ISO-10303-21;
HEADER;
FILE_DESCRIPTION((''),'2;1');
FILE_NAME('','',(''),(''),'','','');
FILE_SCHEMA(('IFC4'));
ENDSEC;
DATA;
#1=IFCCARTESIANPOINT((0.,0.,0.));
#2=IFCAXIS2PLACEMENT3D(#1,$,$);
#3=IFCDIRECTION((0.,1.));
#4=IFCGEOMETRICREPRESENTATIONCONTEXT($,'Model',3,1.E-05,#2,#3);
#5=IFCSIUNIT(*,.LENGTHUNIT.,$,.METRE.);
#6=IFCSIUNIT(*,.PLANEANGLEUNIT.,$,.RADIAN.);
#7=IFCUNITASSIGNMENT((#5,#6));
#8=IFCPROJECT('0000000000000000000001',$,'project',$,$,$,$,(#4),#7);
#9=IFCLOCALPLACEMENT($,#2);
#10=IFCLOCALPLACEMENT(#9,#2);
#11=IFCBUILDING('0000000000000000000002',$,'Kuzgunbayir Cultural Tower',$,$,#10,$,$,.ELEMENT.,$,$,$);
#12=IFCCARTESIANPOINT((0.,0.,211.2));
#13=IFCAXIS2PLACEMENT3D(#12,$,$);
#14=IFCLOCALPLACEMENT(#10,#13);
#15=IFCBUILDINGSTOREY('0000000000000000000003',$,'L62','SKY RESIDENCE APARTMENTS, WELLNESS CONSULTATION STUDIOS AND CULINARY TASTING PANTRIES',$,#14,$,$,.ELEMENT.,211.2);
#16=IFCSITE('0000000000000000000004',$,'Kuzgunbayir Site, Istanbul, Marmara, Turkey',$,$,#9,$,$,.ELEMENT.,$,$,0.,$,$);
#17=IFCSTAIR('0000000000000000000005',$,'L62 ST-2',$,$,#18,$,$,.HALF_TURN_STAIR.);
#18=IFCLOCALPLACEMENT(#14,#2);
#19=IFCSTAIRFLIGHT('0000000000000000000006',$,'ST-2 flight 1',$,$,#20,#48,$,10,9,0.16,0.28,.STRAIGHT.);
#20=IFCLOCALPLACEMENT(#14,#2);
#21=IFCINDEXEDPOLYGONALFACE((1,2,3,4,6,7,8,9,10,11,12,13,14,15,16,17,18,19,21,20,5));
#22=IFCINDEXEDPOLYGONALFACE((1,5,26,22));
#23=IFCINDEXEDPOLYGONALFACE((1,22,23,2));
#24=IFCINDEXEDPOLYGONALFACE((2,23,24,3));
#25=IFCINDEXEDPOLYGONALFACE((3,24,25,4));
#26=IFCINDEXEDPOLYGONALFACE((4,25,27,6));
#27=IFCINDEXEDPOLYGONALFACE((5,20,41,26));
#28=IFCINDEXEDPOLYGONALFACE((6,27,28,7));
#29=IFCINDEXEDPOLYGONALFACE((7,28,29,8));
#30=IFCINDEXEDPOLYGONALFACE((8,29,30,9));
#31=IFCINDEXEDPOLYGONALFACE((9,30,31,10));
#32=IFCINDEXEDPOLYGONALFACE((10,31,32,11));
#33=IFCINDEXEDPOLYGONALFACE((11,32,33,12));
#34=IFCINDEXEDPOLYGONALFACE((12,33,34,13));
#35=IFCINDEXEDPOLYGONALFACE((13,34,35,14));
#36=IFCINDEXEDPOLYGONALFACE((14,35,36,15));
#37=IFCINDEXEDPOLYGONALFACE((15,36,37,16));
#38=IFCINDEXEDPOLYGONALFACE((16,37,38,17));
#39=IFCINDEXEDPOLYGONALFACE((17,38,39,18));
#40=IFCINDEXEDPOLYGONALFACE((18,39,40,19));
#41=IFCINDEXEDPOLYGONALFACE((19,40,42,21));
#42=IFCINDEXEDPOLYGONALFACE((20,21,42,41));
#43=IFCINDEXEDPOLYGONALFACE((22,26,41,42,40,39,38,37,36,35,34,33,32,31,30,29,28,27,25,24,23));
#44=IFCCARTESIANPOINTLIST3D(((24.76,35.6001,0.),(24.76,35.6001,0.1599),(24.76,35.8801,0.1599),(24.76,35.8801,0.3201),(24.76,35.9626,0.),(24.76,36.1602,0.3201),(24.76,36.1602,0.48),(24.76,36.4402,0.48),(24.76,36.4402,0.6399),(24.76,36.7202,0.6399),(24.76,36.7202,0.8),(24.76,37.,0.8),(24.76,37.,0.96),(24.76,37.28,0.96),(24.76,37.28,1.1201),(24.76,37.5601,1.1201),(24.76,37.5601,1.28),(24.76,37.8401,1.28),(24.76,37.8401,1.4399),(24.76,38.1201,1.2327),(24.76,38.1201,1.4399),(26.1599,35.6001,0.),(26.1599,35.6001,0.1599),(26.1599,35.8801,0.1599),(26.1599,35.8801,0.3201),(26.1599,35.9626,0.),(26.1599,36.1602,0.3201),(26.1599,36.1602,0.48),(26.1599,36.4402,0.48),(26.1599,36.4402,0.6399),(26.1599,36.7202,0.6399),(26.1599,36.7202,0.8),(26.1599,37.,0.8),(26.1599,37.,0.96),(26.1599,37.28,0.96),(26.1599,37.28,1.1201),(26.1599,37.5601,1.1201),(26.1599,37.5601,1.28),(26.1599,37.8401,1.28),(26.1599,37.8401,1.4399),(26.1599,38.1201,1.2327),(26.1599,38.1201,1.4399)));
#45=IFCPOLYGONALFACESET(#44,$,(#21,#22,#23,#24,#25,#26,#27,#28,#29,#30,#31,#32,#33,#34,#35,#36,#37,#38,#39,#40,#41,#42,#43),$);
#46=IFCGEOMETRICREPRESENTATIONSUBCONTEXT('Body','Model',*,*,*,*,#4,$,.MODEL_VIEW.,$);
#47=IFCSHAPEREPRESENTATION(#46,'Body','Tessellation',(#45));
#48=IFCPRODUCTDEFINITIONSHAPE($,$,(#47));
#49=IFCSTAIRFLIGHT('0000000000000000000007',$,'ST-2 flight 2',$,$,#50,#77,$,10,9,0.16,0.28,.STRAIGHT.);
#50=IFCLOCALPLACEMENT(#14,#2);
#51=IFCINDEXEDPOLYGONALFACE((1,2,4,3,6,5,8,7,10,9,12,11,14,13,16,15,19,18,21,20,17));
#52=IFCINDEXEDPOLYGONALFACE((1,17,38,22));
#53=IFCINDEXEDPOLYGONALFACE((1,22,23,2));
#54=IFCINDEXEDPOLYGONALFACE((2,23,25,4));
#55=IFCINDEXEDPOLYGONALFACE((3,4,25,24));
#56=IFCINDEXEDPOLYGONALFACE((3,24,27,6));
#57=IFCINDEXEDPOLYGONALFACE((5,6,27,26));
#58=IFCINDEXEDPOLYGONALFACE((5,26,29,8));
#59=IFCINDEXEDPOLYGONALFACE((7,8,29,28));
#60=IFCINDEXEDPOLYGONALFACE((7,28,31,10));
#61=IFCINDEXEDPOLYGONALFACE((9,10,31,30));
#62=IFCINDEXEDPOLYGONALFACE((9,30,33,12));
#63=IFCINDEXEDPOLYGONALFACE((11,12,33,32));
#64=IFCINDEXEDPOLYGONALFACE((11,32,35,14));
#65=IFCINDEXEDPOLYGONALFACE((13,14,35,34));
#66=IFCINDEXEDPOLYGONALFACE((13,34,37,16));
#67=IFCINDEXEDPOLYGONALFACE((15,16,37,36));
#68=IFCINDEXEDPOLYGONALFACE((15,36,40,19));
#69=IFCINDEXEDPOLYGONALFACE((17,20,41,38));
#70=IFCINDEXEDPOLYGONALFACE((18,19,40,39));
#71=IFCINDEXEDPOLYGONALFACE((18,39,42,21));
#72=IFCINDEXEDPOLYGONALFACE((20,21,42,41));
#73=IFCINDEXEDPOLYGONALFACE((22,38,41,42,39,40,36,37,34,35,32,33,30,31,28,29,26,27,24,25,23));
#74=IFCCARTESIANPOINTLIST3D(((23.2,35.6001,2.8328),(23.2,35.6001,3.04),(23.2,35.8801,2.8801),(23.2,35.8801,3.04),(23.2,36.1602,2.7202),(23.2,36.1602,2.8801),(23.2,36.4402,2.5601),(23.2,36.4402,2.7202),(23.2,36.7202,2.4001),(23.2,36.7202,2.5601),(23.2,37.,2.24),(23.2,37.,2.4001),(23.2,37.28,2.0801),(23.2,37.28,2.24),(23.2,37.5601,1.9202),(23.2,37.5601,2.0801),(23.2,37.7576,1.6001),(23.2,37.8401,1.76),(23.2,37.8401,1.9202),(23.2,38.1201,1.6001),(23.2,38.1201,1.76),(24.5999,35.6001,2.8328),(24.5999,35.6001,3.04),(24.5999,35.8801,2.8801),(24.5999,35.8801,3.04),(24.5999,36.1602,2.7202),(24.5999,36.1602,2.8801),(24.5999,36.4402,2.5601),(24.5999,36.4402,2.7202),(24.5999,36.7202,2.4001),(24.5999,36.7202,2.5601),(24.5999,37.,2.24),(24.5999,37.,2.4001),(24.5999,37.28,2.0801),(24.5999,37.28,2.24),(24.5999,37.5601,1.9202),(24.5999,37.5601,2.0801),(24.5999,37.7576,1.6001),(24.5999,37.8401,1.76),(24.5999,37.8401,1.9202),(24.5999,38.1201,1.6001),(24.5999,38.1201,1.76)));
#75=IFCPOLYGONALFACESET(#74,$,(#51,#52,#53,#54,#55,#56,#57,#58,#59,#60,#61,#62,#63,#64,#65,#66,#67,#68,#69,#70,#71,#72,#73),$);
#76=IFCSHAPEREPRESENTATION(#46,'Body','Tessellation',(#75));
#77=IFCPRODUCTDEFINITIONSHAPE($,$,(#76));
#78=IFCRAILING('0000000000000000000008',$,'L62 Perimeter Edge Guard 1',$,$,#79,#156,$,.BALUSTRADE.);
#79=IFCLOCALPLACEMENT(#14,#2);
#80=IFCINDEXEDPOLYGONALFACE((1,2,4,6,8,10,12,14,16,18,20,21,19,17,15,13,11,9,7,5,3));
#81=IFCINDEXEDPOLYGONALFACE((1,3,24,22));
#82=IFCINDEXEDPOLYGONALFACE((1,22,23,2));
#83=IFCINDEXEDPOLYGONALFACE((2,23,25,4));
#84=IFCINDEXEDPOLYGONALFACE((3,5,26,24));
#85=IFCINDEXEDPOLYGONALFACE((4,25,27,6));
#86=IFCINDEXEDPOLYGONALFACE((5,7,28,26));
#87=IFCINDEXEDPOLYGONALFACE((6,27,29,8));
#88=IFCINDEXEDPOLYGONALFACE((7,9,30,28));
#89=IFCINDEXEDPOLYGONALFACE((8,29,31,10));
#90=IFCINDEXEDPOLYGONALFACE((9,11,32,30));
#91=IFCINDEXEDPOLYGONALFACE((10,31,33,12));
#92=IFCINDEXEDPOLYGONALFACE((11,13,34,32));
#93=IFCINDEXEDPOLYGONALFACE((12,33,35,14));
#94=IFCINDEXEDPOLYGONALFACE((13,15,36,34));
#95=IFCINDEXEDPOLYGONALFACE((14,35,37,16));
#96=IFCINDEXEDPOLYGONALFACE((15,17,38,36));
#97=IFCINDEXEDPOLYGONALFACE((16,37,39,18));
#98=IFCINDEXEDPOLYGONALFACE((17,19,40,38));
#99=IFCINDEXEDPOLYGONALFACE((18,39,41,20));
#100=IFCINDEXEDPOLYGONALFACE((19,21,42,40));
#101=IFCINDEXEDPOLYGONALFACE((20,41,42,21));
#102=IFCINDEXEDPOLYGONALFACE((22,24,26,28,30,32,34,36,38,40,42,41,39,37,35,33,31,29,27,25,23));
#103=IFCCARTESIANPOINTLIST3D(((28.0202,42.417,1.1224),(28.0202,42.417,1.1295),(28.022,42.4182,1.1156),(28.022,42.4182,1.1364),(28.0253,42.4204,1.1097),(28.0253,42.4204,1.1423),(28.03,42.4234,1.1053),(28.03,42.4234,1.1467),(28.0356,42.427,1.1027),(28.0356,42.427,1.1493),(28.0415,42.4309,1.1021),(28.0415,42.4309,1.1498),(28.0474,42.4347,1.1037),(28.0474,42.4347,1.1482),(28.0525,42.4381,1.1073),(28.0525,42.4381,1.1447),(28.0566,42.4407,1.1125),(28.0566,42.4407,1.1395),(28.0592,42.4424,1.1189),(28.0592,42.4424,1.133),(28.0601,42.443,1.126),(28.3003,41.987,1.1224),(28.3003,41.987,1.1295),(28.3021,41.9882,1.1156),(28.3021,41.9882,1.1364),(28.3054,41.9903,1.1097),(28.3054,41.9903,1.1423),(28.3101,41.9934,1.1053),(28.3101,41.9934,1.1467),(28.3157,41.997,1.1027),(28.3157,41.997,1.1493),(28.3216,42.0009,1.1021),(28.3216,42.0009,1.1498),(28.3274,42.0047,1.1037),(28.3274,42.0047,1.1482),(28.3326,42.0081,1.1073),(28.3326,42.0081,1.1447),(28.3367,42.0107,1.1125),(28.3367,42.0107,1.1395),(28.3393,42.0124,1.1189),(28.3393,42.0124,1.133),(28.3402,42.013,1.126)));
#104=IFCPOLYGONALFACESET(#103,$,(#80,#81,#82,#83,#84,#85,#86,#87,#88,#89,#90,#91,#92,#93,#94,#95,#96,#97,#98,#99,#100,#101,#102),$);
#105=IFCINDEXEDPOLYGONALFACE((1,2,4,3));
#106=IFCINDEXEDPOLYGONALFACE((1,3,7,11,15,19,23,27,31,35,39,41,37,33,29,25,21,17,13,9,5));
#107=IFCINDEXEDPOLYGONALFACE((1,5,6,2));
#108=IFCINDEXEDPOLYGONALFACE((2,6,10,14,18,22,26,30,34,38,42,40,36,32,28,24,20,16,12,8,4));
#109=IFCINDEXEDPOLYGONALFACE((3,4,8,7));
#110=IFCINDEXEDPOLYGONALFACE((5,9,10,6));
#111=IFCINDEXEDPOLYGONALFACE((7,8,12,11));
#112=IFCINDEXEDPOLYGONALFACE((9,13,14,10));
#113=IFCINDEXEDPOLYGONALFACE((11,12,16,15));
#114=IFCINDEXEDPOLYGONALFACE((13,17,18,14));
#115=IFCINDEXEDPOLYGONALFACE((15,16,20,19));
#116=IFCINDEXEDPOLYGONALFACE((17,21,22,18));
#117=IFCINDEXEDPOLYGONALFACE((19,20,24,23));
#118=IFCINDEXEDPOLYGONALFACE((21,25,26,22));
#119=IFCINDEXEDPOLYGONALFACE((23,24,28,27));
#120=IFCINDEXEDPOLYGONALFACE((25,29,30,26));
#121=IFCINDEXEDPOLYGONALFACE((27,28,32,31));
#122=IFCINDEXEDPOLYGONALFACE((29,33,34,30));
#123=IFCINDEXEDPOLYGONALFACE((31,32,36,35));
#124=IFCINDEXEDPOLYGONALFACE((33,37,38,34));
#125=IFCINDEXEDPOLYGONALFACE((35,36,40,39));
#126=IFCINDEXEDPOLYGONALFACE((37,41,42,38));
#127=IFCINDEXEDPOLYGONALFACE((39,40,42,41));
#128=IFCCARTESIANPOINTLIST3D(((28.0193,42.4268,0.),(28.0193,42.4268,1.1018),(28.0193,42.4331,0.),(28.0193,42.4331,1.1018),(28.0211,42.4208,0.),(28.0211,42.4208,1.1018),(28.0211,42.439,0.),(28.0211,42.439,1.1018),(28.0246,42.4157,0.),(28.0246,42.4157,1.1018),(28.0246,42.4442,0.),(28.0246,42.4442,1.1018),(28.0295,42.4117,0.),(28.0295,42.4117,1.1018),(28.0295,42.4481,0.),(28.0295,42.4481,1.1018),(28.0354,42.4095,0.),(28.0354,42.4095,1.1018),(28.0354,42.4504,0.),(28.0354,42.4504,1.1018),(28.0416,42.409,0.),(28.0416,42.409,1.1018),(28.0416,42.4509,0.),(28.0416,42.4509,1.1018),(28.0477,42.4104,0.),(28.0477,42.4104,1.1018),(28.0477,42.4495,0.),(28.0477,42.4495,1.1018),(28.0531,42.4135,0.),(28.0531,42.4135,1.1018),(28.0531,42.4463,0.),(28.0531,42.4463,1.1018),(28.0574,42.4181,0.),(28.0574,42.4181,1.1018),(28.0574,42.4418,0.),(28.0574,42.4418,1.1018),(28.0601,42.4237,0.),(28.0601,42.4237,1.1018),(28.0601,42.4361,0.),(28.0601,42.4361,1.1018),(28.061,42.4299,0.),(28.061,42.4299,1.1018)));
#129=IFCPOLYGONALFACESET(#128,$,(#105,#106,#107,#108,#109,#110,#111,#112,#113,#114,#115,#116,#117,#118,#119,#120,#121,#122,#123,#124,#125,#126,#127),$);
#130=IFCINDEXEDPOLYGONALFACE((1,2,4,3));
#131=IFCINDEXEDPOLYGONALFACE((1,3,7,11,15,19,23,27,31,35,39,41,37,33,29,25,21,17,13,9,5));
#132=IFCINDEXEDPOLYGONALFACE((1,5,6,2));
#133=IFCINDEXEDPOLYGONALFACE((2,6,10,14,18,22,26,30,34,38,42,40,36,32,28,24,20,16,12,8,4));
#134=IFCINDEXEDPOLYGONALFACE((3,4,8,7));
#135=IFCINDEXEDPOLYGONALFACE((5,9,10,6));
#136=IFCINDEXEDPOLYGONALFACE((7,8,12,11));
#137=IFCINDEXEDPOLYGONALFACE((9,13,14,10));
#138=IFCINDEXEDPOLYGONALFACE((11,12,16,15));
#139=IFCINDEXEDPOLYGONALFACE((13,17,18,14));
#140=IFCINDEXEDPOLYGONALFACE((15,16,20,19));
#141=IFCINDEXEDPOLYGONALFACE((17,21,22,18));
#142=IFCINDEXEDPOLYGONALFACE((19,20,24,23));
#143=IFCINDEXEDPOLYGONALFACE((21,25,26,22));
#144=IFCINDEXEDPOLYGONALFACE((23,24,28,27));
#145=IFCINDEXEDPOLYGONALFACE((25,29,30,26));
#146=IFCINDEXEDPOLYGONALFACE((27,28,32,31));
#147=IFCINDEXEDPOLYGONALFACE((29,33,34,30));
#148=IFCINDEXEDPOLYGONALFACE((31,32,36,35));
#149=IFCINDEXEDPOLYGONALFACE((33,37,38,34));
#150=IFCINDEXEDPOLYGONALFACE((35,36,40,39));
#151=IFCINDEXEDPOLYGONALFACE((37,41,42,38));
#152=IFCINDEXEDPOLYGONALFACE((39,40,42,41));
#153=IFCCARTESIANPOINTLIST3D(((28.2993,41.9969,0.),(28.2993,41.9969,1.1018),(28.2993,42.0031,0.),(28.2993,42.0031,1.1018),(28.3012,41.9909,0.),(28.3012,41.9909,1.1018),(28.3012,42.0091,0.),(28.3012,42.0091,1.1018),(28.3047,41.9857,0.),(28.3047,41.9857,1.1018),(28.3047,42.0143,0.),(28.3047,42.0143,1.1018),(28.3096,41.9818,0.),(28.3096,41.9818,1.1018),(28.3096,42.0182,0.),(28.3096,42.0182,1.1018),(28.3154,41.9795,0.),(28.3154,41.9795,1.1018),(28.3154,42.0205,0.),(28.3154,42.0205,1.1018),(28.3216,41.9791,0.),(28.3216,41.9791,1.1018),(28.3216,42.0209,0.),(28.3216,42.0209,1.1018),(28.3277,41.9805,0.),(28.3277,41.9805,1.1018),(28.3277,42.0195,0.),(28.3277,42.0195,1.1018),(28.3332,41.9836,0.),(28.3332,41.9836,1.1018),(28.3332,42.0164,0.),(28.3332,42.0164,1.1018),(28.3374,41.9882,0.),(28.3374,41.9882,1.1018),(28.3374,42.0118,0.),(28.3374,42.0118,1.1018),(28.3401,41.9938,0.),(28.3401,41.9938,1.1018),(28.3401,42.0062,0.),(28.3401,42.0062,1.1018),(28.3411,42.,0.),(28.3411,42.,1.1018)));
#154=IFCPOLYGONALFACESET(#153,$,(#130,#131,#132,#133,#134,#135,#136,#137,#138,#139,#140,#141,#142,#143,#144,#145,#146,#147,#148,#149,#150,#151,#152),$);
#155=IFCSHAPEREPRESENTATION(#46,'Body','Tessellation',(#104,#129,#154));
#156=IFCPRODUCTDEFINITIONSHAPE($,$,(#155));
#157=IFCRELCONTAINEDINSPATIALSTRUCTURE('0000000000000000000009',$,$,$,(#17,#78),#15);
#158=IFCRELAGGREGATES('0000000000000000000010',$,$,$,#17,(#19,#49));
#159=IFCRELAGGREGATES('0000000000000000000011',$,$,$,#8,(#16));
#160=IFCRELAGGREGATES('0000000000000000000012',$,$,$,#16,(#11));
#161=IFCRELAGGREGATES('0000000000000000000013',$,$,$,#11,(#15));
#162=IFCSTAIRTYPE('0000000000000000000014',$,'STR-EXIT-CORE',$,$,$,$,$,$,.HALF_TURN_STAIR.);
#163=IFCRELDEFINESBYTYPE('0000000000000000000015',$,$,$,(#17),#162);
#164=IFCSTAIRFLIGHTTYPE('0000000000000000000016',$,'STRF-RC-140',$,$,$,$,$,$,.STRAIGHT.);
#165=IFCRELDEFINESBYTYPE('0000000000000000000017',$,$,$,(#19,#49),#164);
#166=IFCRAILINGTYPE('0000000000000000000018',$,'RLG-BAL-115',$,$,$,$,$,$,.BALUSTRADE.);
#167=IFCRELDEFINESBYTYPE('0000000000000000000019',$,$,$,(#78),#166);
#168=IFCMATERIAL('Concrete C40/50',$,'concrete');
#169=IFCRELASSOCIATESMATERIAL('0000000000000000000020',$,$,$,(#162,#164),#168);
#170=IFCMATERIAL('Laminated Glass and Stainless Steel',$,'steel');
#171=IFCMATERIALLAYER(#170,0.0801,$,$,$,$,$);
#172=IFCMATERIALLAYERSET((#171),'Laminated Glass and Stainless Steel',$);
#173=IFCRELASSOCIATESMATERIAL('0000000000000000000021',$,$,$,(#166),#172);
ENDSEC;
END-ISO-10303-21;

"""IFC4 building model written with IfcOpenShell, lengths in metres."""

from ifc_helpers import new_model, si_unit, direction, frame, origin, origin_2d, place, context, subcontext, project, spatial, polyline, circle, outline, extrude, material, layer, layer_set, type_object, element, aggregate, save


model = new_model("IFC4")

# Units and contexts
model_context = context("Model", 3, precision=1e-05, world=origin(), true_north=direction((0.0, 1.0)))
body_context = subcontext(model_context, "Body", "Model", "MODEL_VIEW")
ifc_project = project(units=[si_unit("LENGTHUNIT", "METRE"), si_unit("PLANEANGLEUNIT", "RADIAN")], contexts=[model_context])

# Site, building, storey
site_placement = place(None, origin())
site = spatial("IfcSite", under=ifc_project, at=site_placement, Name="Kuzgunbayir Site, Istanbul, Marmara, Turkey", CompositionType="ELEMENT", RefElevation=0.0)
building_placement = place(site_placement, origin())
building = spatial("IfcBuilding", under=site, at=building_placement, Name="Kuzgunbayir Cultural Tower", CompositionType="ELEMENT")
storey_placement = place(building_placement, frame((0.0, 0.0, 211.2)))
storey = spatial("IfcBuildingStorey", under=building, at=storey_placement, Name="L62", Description="SKY RESIDENCE APARTMENTS, WELLNESS CONSULTATION STUDIOS AND CULINARY TASTING PANTRIES", CompositionType="ELEMENT", Elevation=211.2)

# Shared definitions
ifc_material_1 = material(Name="Concrete C40/50", Category="concrete")

# Stair, stair flights
stair_type = type_object("IfcStairType", Name="STR-EXIT-CORE", PredefinedType="HALF_TURN_STAIR", material=ifc_material_1)
stair_placement = place(storey_placement, origin())
stair = element("IfcStair", 1, at=stair_placement, inside=storey, type_object=stair_type, Name="L62 ST-2", PredefinedType="HALF_TURN_STAIR")
stair_flight_type = type_object("IfcStairFlightType", Name="STRF-RC-140", PredefinedType="STRAIGHT", material=ifc_material_1)
stair_flight_1_placement = place(storey_placement, frame((25.46, 35.6001, 0.0), z_axis=(0.0, 0.0, 1.0), x_axis=(0.0, 1.0, 0.0)))
stair_flight_1 = element("IfcStairFlight", 2, at=stair_flight_1_placement, type_object=stair_flight_type, Name="ST-2 flight 1", NumberOfRisers=10, NumberOfTreads=9, PredefinedType="STRAIGHT", RiserHeight=0.16, TreadLength=0.28, context=body_context, shape_type="SweptSolid", body=[
    extrude(outline(polyline([(0.0, 0.0), (0.0, 0.1599), (0.28, 0.1599), (0.28, 0.3201), (0.5601, 0.3201), (0.5601, 0.48), (0.8401, 0.48), (0.8401, 0.6399), (1.1201, 0.6399), (1.1201, 0.8), (1.3999, 0.8), (1.3999, 0.96), (1.6799, 0.96), (1.6799, 1.1201), (1.96, 1.1201), (1.96, 1.28), (2.24, 1.28), (2.24, 1.4399), (2.52, 1.4399), (2.52, 1.6001), (2.52, 1.2327), (0.3625, 0.0), (0.0, 0.0)])), frame((0.0, 0.7, 0.0), z_axis=(0.0, -1.0, 0.0), x_axis=(1.0, 0.0, 0.0)), (0.0, 0.0, 1.0), 1.3999),
])
stair_flight_2_placement = place(storey_placement, frame((23.8999, 38.1201, 1.6001), z_axis=(0.0, 0.0, 1.0), x_axis=(0.0, -1.0, 0.0)))
stair_flight_2 = element("IfcStairFlight", 3, at=stair_flight_2_placement, type_object=stair_flight_type, Name="ST-2 flight 2", NumberOfRisers=10, NumberOfTreads=9, PredefinedType="STRAIGHT", RiserHeight=0.16, TreadLength=0.28, context=body_context, shape_type="SweptSolid", body=[
    extrude(outline(polyline([(0.0, 0.0), (0.0, 0.1599), (0.28, 0.1599), (0.28, 0.3201), (0.5601, 0.3201), (0.5601, 0.48), (0.8401, 0.48), (0.8401, 0.6399), (1.1201, 0.6399), (1.1201, 0.8), (1.3999, 0.8), (1.3999, 0.96), (1.6799, 0.96), (1.6799, 1.1201), (1.96, 1.1201), (1.96, 1.28), (2.24, 1.28), (2.24, 1.4399), (2.52, 1.4399), (2.52, 1.6001), (2.52, 1.2327), (0.3625, 0.0), (0.0, 0.0)])), frame((0.0, 0.7, 0.0), z_axis=(0.0, -1.0, 0.0), x_axis=(1.0, 0.0, 0.0)), (0.0, 0.0, 1.0), 1.3999),
])
aggregate(stair, [stair_flight_1, stair_flight_2])

# Railing
ifc_material_2 = material(Name="Laminated Glass and Stainless Steel", Category="steel")
ifc_layer_1 = layer(ifc_material_2, 0.0801)
ifc_layer_set_1 = layer_set([ifc_layer_1], Name="Laminated Glass and Stainless Steel")
railing_type_1 = type_object("IfcRailingType", Name="RLG-BAL-115", PredefinedType="BALUSTRADE", material=ifc_layer_set_1)
railing_1_placement = place(storey_placement, frame((28.04, 42.4299, 0.0)))
element("IfcRailing", 4, at=railing_1_placement, inside=storey, type_object=railing_type_1, Name="L62 Perimeter Edge Guard 1", PredefinedType="BALUSTRADE", context=body_context, shape_type="SweptSolid", body=[
    extrude(circle(Radius=0.0239, at=origin_2d()), frame((0.0, 0.0, 1.126), z_axis=(0.545774, -0.837932, 0.0), x_axis=(0.837932, 0.545774, 0.0)), (0.0, 0.0, 1.0), 0.5132),
    extrude(circle(Radius=0.021, at=origin_2d()), origin(), (0.0, 0.0, 1.0), 1.1018),
    extrude(circle(Radius=0.021, at=origin_2d()), frame((0.28, -0.4299, 0.0)), (0.0, 0.0, 1.0), 1.1018),
])

save(model, "model.ifc")
